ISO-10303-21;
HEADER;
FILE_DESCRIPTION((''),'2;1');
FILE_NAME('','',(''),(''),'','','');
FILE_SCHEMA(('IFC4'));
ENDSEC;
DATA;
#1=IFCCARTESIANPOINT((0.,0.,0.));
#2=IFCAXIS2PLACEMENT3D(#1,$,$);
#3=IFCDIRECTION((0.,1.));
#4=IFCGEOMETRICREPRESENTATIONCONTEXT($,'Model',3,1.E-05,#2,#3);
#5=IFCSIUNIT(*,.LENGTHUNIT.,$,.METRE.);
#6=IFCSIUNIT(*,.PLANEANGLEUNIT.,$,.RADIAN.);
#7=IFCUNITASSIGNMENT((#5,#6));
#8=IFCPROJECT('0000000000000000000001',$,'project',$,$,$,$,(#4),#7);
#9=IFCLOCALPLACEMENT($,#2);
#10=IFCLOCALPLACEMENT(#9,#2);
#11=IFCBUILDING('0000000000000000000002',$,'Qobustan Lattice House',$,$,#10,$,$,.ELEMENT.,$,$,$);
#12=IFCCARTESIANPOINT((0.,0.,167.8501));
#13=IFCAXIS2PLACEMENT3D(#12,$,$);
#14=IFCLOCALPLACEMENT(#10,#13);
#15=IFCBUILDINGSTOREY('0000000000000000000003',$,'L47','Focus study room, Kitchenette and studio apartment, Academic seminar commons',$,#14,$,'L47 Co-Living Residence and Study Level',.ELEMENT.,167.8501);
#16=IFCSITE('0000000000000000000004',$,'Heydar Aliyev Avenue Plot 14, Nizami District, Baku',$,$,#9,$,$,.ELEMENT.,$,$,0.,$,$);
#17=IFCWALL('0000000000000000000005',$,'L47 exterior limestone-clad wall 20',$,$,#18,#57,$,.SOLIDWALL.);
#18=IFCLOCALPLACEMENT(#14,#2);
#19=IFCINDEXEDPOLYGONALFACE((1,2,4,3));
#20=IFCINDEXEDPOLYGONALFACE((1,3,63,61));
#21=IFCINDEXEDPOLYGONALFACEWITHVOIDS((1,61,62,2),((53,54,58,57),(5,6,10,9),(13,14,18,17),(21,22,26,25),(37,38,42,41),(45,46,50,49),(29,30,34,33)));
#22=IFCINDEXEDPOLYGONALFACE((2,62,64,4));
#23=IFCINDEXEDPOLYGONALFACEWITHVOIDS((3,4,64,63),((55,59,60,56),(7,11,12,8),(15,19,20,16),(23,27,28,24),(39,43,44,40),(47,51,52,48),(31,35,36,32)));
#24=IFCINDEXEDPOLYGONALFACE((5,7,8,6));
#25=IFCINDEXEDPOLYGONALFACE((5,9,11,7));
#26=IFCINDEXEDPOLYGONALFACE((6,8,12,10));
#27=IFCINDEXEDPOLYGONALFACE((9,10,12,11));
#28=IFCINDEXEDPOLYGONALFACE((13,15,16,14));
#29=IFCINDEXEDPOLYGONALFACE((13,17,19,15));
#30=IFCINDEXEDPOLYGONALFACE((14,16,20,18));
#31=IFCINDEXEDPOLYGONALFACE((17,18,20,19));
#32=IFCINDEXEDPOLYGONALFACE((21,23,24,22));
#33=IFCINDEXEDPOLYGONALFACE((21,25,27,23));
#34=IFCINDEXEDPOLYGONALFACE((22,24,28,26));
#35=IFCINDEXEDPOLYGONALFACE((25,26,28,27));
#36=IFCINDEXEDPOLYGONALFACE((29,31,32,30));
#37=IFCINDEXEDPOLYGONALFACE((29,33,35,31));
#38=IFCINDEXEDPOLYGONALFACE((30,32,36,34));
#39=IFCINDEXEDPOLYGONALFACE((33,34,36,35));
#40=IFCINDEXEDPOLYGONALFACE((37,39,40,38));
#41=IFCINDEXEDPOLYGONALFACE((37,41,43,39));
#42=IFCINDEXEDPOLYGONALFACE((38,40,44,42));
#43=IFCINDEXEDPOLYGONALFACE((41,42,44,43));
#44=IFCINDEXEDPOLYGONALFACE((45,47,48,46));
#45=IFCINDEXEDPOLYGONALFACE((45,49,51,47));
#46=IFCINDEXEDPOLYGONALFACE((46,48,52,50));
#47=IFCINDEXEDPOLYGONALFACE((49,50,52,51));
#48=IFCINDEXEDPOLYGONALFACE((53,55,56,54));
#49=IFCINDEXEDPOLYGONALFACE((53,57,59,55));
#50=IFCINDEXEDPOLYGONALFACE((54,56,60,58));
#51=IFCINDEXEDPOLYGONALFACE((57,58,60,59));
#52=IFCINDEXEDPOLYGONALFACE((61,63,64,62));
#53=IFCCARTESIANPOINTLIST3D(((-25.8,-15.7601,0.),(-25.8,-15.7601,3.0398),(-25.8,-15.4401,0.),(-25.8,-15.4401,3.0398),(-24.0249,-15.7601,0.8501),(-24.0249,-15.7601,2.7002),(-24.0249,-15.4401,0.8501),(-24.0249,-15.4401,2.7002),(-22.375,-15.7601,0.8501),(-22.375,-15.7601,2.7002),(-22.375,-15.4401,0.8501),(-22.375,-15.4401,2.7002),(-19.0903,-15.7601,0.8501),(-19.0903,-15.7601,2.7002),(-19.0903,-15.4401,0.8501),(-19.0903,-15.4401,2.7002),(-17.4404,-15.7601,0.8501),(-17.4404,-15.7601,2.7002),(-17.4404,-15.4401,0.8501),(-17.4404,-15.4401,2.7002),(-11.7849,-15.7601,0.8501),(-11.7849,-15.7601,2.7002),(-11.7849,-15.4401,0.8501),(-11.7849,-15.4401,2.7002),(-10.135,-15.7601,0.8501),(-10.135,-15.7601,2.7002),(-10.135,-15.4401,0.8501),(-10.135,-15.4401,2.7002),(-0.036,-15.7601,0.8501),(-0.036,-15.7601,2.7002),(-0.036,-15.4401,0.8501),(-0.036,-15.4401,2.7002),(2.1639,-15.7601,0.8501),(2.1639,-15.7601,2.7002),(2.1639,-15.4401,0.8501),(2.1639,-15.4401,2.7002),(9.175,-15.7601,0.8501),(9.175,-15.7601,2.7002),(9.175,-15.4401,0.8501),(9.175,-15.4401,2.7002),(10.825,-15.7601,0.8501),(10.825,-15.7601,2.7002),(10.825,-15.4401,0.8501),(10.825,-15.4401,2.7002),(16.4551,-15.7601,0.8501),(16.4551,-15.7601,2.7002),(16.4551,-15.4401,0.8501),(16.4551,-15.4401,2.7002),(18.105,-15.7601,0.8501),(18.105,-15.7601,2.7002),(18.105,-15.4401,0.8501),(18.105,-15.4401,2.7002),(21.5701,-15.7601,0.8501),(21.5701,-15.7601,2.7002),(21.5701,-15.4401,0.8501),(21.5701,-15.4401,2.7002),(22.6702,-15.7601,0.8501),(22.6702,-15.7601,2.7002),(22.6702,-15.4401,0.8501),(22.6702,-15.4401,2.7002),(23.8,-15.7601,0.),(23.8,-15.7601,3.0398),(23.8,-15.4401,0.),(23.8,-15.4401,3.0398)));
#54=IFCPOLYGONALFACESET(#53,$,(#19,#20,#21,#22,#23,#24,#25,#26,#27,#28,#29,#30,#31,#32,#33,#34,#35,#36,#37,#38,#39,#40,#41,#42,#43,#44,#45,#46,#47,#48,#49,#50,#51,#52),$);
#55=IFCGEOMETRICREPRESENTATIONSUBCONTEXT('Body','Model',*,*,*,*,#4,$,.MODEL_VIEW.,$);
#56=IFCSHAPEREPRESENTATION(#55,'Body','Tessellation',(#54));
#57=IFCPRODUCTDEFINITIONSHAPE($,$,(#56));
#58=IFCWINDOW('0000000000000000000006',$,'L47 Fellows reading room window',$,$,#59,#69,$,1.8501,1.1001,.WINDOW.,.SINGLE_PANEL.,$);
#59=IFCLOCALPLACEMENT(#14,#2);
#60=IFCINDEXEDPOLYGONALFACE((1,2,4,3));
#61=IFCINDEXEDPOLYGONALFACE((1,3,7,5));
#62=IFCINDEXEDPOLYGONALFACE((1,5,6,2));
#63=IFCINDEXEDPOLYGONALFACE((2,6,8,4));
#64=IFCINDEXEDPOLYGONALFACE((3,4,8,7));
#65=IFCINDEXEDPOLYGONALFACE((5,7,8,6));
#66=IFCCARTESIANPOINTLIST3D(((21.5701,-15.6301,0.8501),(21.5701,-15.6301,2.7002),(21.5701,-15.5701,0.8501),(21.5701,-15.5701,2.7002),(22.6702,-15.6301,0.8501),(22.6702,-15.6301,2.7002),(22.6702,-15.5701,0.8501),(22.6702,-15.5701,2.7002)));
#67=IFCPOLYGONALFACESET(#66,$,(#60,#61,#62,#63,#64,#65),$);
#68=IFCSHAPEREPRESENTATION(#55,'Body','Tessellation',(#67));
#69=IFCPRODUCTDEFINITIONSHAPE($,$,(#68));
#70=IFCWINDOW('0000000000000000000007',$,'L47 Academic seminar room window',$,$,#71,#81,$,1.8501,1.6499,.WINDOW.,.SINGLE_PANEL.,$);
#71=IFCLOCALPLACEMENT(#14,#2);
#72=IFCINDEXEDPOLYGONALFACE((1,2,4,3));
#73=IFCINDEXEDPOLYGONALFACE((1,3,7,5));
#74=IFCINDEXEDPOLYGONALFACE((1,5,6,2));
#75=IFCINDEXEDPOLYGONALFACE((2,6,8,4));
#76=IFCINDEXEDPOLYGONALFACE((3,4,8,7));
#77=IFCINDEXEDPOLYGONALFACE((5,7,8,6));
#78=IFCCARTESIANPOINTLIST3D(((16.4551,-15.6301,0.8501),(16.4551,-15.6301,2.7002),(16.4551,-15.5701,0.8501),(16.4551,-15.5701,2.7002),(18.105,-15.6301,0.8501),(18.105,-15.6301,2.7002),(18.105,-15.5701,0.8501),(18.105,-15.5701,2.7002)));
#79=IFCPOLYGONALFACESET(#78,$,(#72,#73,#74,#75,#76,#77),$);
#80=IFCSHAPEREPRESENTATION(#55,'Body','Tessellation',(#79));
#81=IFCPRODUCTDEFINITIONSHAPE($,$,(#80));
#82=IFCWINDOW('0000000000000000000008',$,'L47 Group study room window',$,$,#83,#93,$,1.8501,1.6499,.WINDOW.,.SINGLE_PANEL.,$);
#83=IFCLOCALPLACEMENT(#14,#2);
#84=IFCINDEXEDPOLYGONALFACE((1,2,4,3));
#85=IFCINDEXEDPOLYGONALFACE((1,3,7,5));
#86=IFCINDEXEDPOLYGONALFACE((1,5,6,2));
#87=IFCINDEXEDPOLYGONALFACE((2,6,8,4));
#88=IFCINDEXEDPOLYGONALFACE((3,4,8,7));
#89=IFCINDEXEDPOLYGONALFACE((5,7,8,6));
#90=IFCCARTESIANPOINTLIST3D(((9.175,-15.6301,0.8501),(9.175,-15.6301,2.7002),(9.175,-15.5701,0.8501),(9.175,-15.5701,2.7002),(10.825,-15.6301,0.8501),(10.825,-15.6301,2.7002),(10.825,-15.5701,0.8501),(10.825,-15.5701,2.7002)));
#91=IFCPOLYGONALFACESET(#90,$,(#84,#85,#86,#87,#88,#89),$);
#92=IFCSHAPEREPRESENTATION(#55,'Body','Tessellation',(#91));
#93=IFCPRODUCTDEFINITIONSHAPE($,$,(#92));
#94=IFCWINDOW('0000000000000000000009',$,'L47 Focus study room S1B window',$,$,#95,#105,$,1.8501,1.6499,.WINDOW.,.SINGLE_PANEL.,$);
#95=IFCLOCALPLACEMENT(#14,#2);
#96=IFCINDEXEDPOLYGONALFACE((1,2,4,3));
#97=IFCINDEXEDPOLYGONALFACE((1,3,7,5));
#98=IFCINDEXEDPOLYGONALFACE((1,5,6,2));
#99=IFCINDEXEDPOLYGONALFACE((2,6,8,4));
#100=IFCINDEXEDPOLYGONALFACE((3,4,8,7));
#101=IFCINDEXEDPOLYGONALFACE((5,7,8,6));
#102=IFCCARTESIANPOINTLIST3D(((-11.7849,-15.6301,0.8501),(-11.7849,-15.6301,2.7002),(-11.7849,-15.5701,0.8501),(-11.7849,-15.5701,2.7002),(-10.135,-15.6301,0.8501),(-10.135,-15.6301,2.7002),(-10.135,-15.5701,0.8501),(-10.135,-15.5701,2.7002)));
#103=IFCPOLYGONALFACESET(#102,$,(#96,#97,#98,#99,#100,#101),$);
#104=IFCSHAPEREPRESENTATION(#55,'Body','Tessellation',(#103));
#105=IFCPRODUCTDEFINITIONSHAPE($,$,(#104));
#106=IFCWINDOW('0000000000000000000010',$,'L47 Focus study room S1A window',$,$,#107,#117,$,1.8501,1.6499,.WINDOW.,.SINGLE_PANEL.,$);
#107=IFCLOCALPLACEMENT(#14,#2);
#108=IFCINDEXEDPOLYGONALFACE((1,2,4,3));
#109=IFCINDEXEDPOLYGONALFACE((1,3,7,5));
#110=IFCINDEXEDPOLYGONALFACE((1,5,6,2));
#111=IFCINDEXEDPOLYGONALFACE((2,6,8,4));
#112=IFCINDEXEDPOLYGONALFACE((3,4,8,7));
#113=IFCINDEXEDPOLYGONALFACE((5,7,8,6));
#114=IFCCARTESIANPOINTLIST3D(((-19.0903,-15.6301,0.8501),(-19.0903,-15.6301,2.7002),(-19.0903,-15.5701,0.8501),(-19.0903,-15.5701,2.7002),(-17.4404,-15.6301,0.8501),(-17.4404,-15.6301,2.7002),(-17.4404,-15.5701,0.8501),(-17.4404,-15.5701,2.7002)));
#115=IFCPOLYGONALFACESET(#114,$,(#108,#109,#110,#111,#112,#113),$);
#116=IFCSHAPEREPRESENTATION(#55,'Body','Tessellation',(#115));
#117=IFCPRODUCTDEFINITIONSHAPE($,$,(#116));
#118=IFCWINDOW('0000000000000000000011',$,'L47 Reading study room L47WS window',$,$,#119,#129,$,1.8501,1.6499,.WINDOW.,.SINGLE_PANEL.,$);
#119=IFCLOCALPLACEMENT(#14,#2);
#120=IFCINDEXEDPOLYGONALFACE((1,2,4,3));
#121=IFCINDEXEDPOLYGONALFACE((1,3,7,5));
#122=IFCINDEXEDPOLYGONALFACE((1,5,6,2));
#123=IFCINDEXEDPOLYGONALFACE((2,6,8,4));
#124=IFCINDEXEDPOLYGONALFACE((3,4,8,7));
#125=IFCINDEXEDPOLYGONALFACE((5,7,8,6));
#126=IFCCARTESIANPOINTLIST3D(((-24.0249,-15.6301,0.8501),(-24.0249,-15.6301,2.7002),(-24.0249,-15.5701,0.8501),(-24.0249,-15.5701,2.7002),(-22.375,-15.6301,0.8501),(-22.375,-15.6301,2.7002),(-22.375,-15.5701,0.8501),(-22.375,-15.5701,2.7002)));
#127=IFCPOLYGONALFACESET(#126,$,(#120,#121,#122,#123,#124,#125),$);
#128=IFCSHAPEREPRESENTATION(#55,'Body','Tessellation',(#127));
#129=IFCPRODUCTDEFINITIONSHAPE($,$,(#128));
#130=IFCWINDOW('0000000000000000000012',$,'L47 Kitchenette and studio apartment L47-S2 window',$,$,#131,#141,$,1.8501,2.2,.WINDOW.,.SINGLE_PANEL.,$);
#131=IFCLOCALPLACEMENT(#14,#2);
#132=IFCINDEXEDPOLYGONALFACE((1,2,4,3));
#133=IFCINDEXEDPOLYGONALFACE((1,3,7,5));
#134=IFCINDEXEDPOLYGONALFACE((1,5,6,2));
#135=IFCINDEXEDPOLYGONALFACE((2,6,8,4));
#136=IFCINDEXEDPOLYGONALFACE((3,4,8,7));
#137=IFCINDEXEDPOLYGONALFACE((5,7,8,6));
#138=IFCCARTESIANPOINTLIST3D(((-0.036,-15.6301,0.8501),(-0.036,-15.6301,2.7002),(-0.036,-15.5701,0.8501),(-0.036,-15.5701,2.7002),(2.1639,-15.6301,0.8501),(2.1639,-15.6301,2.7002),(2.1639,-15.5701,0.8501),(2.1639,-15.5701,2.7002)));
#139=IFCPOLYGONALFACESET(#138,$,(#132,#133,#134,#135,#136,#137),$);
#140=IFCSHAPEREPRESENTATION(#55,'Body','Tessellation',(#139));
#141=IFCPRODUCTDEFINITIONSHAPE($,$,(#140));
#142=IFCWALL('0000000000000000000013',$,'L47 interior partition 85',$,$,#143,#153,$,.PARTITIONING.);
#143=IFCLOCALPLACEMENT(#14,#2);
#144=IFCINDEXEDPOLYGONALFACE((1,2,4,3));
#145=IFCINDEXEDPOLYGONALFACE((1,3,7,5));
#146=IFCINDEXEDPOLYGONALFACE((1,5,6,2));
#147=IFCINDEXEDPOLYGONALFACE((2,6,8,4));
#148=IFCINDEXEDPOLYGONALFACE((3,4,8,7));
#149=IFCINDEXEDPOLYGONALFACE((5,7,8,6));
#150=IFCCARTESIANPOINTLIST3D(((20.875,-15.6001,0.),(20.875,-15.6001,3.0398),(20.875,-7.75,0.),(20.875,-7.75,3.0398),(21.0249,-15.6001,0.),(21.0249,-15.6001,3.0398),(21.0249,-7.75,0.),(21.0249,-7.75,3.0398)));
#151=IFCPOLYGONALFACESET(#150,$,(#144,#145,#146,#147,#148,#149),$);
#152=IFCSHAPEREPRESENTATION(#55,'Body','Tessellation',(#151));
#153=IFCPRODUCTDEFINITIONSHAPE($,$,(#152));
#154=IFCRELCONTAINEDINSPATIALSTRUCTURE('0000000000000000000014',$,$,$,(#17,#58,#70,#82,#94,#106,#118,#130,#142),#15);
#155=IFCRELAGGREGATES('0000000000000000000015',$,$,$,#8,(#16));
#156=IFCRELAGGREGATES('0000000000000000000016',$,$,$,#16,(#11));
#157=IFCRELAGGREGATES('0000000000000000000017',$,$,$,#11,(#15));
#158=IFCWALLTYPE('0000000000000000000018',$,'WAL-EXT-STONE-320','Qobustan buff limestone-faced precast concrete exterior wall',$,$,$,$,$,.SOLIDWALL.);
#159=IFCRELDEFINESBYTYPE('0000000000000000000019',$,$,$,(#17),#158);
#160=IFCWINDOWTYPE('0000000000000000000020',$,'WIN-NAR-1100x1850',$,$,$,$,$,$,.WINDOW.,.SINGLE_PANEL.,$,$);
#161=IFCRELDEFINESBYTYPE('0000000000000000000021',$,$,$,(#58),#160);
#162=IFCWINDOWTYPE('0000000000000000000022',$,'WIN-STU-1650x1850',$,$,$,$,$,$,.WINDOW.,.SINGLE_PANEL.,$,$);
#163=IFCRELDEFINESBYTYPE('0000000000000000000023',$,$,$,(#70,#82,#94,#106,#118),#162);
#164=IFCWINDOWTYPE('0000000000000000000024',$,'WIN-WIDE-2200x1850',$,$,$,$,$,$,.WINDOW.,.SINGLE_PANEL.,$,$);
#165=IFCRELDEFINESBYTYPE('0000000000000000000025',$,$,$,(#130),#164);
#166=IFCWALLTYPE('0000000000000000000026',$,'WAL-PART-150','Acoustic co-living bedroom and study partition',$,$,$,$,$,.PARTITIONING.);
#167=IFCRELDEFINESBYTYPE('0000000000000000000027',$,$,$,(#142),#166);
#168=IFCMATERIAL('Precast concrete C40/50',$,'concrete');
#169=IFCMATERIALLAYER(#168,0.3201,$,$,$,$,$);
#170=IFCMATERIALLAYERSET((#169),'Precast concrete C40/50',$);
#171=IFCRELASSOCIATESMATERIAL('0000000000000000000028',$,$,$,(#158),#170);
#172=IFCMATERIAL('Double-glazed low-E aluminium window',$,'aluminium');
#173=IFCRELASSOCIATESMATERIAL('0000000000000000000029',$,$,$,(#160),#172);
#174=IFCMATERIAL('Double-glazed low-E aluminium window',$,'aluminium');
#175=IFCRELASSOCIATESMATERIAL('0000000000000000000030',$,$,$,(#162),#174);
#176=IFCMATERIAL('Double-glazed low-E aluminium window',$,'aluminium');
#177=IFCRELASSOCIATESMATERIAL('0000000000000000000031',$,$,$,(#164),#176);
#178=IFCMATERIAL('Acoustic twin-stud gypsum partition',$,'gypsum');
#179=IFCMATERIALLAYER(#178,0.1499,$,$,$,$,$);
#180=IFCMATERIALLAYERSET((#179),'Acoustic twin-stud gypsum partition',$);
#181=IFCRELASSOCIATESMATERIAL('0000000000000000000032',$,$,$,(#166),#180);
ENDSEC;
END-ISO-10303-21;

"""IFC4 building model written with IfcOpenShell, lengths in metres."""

from ifc_helpers import new_model, si_unit, direction, frame, frame_2d, origin, place, context, subcontext, project, spatial, rectangle, extrude, material, layer, layer_set, type_object, element, fill, save


model = new_model("IFC4")

# Units and contexts
model_context = context("Model", 3, precision=1e-05, world=origin(), true_north=direction((0.0, 1.0)))
body_context = subcontext(model_context, "Body", "Model", "MODEL_VIEW")
ifc_project = project(units=[si_unit("LENGTHUNIT", "METRE"), si_unit("PLANEANGLEUNIT", "RADIAN")], contexts=[model_context])

# Site, building, storey
site_placement = place(None, origin())
site = spatial("IfcSite", under=ifc_project, at=site_placement, Name="Heydar Aliyev Avenue Plot 14, Nizami District, Baku", CompositionType="ELEMENT", RefElevation=0.0)
building_placement = place(site_placement, origin())
building = spatial("IfcBuilding", under=site, at=building_placement, Name="Qobustan Lattice House", CompositionType="ELEMENT")
storey_placement = place(building_placement, frame((0.0, 0.0, 167.8501)))
storey = spatial("IfcBuildingStorey", under=building, at=storey_placement, Name="L47", Description="Focus study room, Kitchenette and studio apartment, Academic seminar commons", LongName="L47 Co-Living Residence and Study Level", CompositionType="ELEMENT", Elevation=167.8501)

# Shared definitions
ifc_material_1 = material(Name="Precast concrete C40/50", Category="concrete")
ifc_layer_1 = layer(ifc_material_1, 0.3201)
ifc_layer_set_1 = layer_set([ifc_layer_1], Name="Precast concrete C40/50")
wall_type_1 = type_object("IfcWallType", Name="WAL-EXT-STONE-320", Description="Qobustan buff limestone-faced precast concrete exterior wall", PredefinedType="SOLIDWALL", material=ifc_layer_set_1)

# Wall, openings, windows
wall_1_placement = place(storey_placement, frame((23.8, -15.6001, 0.0), z_axis=(0.0, 0.0, 1.0), x_axis=(-1.0, 0.0, 0.0)))
wall_1 = element("IfcWall", 1, at=wall_1_placement, inside=storey, type_object=wall_type_1, Name="L47 exterior limestone-clad wall 20", PredefinedType="SOLIDWALL", context=body_context, shape_type="SweptSolid", body=[
    extrude(rectangle(XDim=49.6001, YDim=0.3201, at=frame_2d((24.8, 0.0))), origin(), (0.0, 0.0, 1.0), 3.0398),
])
opening_1_placement = place(wall_1_placement, frame((1.1299, 0.0, 0.8501)))
opening_1 = element("IfcOpeningElement", 2, at=opening_1_placement, cuts=wall_1, PredefinedType="OPENING", context=body_context, shape_type="SweptSolid", body=[
    extrude(rectangle(XDim=1.1001, YDim=1.8501, at=frame_2d((0.55, 0.925))), frame((0.0, 0.1699, 0.0), z_axis=(0.0, -1.0, 0.0), x_axis=(1.0, 0.0, 0.0)), (0.0, 0.0, 1.0), 0.3401),
])
opening_2_placement = place(wall_1_placement, frame((5.6951, 0.0, 0.8501)))
opening_2 = element("IfcOpeningElement", 3, at=opening_2_placement, cuts=wall_1, PredefinedType="OPENING", context=body_context, shape_type="SweptSolid", body=[
    extrude(rectangle(XDim=1.6499, YDim=1.8501, at=frame_2d((0.825, 0.925))), frame((0.0, 0.1699, 0.0), z_axis=(0.0, -1.0, 0.0), x_axis=(1.0, 0.0, 0.0)), (0.0, 0.0, 1.0), 0.3401),
])
opening_3_placement = place(wall_1_placement, frame((12.9751, 0.0, 0.8501)))
opening_3 = element("IfcOpeningElement", 4, at=opening_3_placement, cuts=wall_1, PredefinedType="OPENING", context=body_context, shape_type="SweptSolid", body=[
    extrude(rectangle(XDim=1.6499, YDim=1.8501, at=frame_2d((0.825, 0.925))), frame((0.0, 0.1699, 0.0), z_axis=(0.0, -1.0, 0.0), x_axis=(1.0, 0.0, 0.0)), (0.0, 0.0, 1.0), 0.3401),
])
opening_4_placement = place(wall_1_placement, frame((21.636, 0.0, 0.8501)))
opening_4 = element("IfcOpeningElement", 5, at=opening_4_placement, cuts=wall_1, PredefinedType="OPENING", context=body_context, shape_type="SweptSolid", body=[
    extrude(rectangle(XDim=2.2, YDim=1.8501, at=frame_2d((1.1001, 0.925))), frame((0.0, 0.1699, 0.0), z_axis=(0.0, -1.0, 0.0), x_axis=(1.0, 0.0, 0.0)), (0.0, 0.0, 1.0), 0.3401),
])
opening_5_placement = place(wall_1_placement, frame((33.9351, 0.0, 0.8501)))
opening_5 = element("IfcOpeningElement", 6, at=opening_5_placement, cuts=wall_1, PredefinedType="OPENING", context=body_context, shape_type="SweptSolid", body=[
    extrude(rectangle(XDim=1.6499, YDim=1.8501, at=frame_2d((0.825, 0.925))), frame((0.0, 0.1699, 0.0), z_axis=(0.0, -1.0, 0.0), x_axis=(1.0, 0.0, 0.0)), (0.0, 0.0, 1.0), 0.3401),
])
opening_6_placement = place(wall_1_placement, frame((41.2405, 0.0, 0.8501)))
opening_6 = element("IfcOpeningElement", 7, at=opening_6_placement, cuts=wall_1, PredefinedType="OPENING", context=body_context, shape_type="SweptSolid", body=[
    extrude(rectangle(XDim=1.6499, YDim=1.8501, at=frame_2d((0.825, 0.925))), frame((0.0, 0.1699, 0.0), z_axis=(0.0, -1.0, 0.0), x_axis=(1.0, 0.0, 0.0)), (0.0, 0.0, 1.0), 0.3401),
])
opening_7_placement = place(wall_1_placement, frame((46.175, 0.0, 0.8501)))
opening_7 = element("IfcOpeningElement", 8, at=opening_7_placement, cuts=wall_1, PredefinedType="OPENING", context=body_context, shape_type="SweptSolid", body=[
    extrude(rectangle(XDim=1.6499, YDim=1.8501, at=frame_2d((0.825, 0.925))), frame((0.0, 0.1699, 0.0), z_axis=(0.0, -1.0, 0.0), x_axis=(1.0, 0.0, 0.0)), (0.0, 0.0, 1.0), 0.3401),
])
ifc_material_2 = material(Name="Double-glazed low-E aluminium window", Category="aluminium")
window_type_1 = type_object("IfcWindowType", Name="WIN-NAR-1100x1850", PartitioningType="SINGLE_PANEL", PredefinedType="WINDOW", material=ifc_material_2)
window_1_placement = place(opening_1_placement, origin())
window_1 = element("IfcWindow", 9, at=window_1_placement, inside=storey, type_object=window_type_1, Name="L47 Fellows reading room window", OverallHeight=1.8501, OverallWidth=1.1001, PartitioningType="SINGLE_PANEL", PredefinedType="WINDOW", context=body_context, shape_type="SweptSolid", body=[
    extrude(rectangle(XDim=1.1001, YDim=1.8501, at=frame_2d((0.55, 0.925))), frame((0.0, 0.03, 0.0), z_axis=(0.0, -1.0, 0.0), x_axis=(1.0, 0.0, 0.0)), (0.0, 0.0, 1.0), 0.0601),
])
fill(opening_1, window_1)
ifc_material_3 = material(Name="Double-glazed low-E aluminium window", Category="aluminium")
window_type_2 = type_object("IfcWindowType", Name="WIN-STU-1650x1850", PartitioningType="SINGLE_PANEL", PredefinedType="WINDOW", material=ifc_material_3)
window_2_placement = place(opening_2_placement, origin())
window_2 = element("IfcWindow", 10, at=window_2_placement, inside=storey, type_object=window_type_2, Name="L47 Academic seminar room window", OverallHeight=1.8501, OverallWidth=1.6499, PartitioningType="SINGLE_PANEL", PredefinedType="WINDOW", context=body_context, shape_type="SweptSolid", body=[
    extrude(rectangle(XDim=1.6499, YDim=1.8501, at=frame_2d((0.825, 0.925))), frame((0.0, 0.03, 0.0), z_axis=(0.0, -1.0, 0.0), x_axis=(1.0, 0.0, 0.0)), (0.0, 0.0, 1.0), 0.0601),
])
fill(opening_2, window_2)
window_3_placement = place(opening_3_placement, origin())
window_3 = element("IfcWindow", 11, at=window_3_placement, inside=storey, type_object=window_type_2, Name="L47 Group study room window", OverallHeight=1.8501, OverallWidth=1.6499, PartitioningType="SINGLE_PANEL", PredefinedType="WINDOW", context=body_context, shape_type="SweptSolid", body=[
    extrude(rectangle(XDim=1.6499, YDim=1.8501, at=frame_2d((0.825, 0.925))), frame((0.0, 0.03, 0.0), z_axis=(0.0, -1.0, 0.0), x_axis=(1.0, 0.0, 0.0)), (0.0, 0.0, 1.0), 0.0601),
])
fill(opening_3, window_3)
window_4_placement = place(opening_5_placement, origin())
window_4 = element("IfcWindow", 12, at=window_4_placement, inside=storey, type_object=window_type_2, Name="L47 Focus study room S1B window", OverallHeight=1.8501, OverallWidth=1.6499, PartitioningType="SINGLE_PANEL", PredefinedType="WINDOW", context=body_context, shape_type="SweptSolid", body=[
    extrude(rectangle(XDim=1.6499, YDim=1.8501, at=frame_2d((0.825, 0.925))), frame((0.0, 0.03, 0.0), z_axis=(0.0, -1.0, 0.0), x_axis=(1.0, 0.0, 0.0)), (0.0, 0.0, 1.0), 0.0601),
])
fill(opening_5, window_4)
window_5_placement = place(opening_6_placement, origin())
window_5 = element("IfcWindow", 13, at=window_5_placement, inside=storey, type_object=window_type_2, Name="L47 Focus study room S1A window", OverallHeight=1.8501, OverallWidth=1.6499, PartitioningType="SINGLE_PANEL", PredefinedType="WINDOW", context=body_context, shape_type="SweptSolid", body=[
    extrude(rectangle(XDim=1.6499, YDim=1.8501, at=frame_2d((0.825, 0.925))), frame((0.0, 0.03, 0.0), z_axis=(0.0, -1.0, 0.0), x_axis=(1.0, 0.0, 0.0)), (0.0, 0.0, 1.0), 0.0601),
])
fill(opening_6, window_5)
window_6_placement = place(opening_7_placement, origin())
window_6 = element("IfcWindow", 14, at=window_6_placement, inside=storey, type_object=window_type_2, Name="L47 Reading study room L47WS window", OverallHeight=1.8501, OverallWidth=1.6499, PartitioningType="SINGLE_PANEL", PredefinedType="WINDOW", context=body_context, shape_type="SweptSolid", body=[
    extrude(rectangle(XDim=1.6499, YDim=1.8501, at=frame_2d((0.825, 0.925))), frame((0.0, 0.03, 0.0), z_axis=(0.0, -1.0, 0.0), x_axis=(1.0, 0.0, 0.0)), (0.0, 0.0, 1.0), 0.0601),
])
fill(opening_7, window_6)
ifc_material_4 = material(Name="Double-glazed low-E aluminium window", Category="aluminium")
window_type_3 = type_object("IfcWindowType", Name="WIN-WIDE-2200x1850", PartitioningType="SINGLE_PANEL", PredefinedType="WINDOW", material=ifc_material_4)
window_7_placement = place(opening_4_placement, origin())
window_7 = element("IfcWindow", 15, at=window_7_placement, inside=storey, type_object=window_type_3, Name="L47 Kitchenette and studio apartment L47-S2 window", OverallHeight=1.8501, OverallWidth=2.2, PartitioningType="SINGLE_PANEL", PredefinedType="WINDOW", context=body_context, shape_type="SweptSolid", body=[
    extrude(rectangle(XDim=2.2, YDim=1.8501, at=frame_2d((1.1001, 0.925))), frame((0.0, 0.03, 0.0), z_axis=(0.0, -1.0, 0.0), x_axis=(1.0, 0.0, 0.0)), (0.0, 0.0, 1.0), 0.0601),
])
fill(opening_4, window_7)

# Wall
ifc_material_5 = material(Name="Acoustic twin-stud gypsum partition", Category="gypsum")
ifc_layer_2 = layer(ifc_material_5, 0.1499)
ifc_layer_set_2 = layer_set([ifc_layer_2], Name="Acoustic twin-stud gypsum partition")
wall_type_2 = type_object("IfcWallType", Name="WAL-PART-150", Description="Acoustic co-living bedroom and study partition", PredefinedType="PARTITIONING", material=ifc_layer_set_2)
wall_2_placement = place(storey_placement, frame((20.95, -15.6001, 0.0), z_axis=(0.0, 0.0, 1.0), x_axis=(0.0, 1.0, 0.0)))
element("IfcWall", 16, at=wall_2_placement, inside=storey, type_object=wall_type_2, Name="L47 interior partition 85", PredefinedType="PARTITIONING", context=body_context, shape_type="SweptSolid", body=[
    extrude(rectangle(XDim=7.8501, YDim=0.1499, at=frame_2d((3.925, 0.0))), origin(), (0.0, 0.0, 1.0), 3.0398),
])

save(model, "model.ifc")
